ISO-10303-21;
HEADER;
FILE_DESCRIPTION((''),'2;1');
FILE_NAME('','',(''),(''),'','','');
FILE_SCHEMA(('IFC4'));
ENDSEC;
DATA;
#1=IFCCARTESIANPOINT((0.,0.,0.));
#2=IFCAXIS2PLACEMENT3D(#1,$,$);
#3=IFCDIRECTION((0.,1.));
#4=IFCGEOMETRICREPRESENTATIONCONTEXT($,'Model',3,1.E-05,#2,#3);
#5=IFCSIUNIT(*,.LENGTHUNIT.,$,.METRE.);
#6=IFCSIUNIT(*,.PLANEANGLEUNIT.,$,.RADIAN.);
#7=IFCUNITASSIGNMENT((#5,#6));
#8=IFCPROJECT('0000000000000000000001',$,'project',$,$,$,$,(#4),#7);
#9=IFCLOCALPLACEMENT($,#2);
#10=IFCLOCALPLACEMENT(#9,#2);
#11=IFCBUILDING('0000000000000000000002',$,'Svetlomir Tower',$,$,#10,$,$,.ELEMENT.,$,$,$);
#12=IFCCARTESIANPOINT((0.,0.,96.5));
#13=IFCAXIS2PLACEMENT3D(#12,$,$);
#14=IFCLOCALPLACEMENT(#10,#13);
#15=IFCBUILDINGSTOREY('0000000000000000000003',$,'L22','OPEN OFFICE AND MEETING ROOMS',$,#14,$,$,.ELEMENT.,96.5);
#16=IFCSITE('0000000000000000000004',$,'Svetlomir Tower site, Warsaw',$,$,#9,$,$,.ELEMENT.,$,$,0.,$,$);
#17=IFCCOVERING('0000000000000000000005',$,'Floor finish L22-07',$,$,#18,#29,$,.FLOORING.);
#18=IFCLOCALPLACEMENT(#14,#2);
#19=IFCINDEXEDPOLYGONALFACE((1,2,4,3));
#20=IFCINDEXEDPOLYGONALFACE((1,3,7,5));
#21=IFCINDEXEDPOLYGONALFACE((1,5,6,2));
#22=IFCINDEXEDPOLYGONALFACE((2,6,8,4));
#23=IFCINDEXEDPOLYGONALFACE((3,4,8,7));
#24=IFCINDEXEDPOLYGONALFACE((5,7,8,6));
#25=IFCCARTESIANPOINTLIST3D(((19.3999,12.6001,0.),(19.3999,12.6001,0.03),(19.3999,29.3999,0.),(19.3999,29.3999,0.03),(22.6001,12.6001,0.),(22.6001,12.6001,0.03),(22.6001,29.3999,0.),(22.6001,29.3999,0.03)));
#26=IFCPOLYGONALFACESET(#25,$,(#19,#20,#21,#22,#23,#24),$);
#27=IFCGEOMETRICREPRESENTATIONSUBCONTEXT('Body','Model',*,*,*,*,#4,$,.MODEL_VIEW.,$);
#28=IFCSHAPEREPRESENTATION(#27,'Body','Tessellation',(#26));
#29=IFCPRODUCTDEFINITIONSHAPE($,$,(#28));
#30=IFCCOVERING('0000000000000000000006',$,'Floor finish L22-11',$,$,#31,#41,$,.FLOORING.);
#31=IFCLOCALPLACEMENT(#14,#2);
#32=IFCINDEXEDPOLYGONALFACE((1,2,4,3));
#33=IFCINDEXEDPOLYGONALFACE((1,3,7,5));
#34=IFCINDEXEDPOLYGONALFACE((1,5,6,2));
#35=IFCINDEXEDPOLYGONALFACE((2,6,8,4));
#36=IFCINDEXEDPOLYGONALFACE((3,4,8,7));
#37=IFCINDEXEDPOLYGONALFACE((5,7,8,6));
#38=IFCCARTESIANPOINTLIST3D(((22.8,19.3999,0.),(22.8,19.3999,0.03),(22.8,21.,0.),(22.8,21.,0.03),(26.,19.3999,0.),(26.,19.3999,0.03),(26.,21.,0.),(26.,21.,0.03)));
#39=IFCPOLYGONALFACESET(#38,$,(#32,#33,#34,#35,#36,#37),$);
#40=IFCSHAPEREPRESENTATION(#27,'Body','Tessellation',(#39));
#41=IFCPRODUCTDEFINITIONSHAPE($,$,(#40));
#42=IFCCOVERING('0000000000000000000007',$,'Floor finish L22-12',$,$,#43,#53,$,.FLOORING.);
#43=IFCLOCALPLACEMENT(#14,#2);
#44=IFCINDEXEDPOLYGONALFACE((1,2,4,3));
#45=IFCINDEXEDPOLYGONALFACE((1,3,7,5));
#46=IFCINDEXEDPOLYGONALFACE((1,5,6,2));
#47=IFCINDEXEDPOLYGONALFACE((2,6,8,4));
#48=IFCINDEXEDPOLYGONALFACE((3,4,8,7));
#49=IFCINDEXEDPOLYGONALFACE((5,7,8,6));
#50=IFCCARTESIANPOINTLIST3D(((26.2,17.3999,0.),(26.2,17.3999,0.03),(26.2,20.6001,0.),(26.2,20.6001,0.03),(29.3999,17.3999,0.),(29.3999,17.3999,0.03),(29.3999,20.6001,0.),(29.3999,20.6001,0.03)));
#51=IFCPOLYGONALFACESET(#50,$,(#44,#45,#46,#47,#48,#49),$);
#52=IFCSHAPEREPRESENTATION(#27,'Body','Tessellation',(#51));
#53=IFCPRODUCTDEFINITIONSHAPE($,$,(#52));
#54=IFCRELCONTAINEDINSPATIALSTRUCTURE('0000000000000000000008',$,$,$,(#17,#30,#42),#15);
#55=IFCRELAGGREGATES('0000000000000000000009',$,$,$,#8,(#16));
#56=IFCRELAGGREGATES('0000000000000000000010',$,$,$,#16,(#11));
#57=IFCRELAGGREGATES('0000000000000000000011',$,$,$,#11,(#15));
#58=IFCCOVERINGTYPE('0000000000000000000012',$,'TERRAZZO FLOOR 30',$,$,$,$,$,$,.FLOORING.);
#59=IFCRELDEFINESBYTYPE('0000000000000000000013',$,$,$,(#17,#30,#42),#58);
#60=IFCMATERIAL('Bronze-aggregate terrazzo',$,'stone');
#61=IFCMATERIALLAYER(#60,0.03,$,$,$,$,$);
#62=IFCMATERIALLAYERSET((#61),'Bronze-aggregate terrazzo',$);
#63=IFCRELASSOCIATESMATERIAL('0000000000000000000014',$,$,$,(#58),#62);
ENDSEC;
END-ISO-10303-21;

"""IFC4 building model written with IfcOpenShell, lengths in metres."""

from ifc_helpers import new_model, si_unit, direction, frame, origin, place, context, subcontext, project, spatial, polyline, outline, extrude, material, layer, layer_set, type_object, element, save


model = new_model("IFC4")

# Units and contexts
model_context = context("Model", 3, precision=1e-05, world=origin(), true_north=direction((0.0, 1.0)))
body_context = subcontext(model_context, "Body", "Model", "MODEL_VIEW")
ifc_project = project(units=[si_unit("LENGTHUNIT", "METRE"), si_unit("PLANEANGLEUNIT", "RADIAN")], contexts=[model_context])

# Site, building, storey
site_placement = place(None, origin())
site = spatial("IfcSite", under=ifc_project, at=site_placement, Name="Svetlomir Tower site, Warsaw", CompositionType="ELEMENT", RefElevation=0.0)
building_placement = place(site_placement, origin())
building = spatial("IfcBuilding", under=site, at=building_placement, Name="Svetlomir Tower", CompositionType="ELEMENT")
storey_placement = place(building_placement, frame((0.0, 0.0, 96.5)))
storey = spatial("IfcBuildingStorey", under=building, at=storey_placement, Name="L22", Description="OPEN OFFICE AND MEETING ROOMS", CompositionType="ELEMENT", Elevation=96.5)

# Coverings
ifc_material_1 = material(Name="Bronze-aggregate terrazzo", Category="stone")
ifc_layer_1 = layer(ifc_material_1, 0.03)
ifc_layer_set_1 = layer_set([ifc_layer_1], Name="Bronze-aggregate terrazzo")
covering_type_1 = type_object("IfcCoveringType", Name="TERRAZZO FLOOR 30", PredefinedType="FLOORING", material=ifc_layer_set_1)
covering_1_placement = place(storey_placement, origin())
element("IfcCovering", 1, at=covering_1_placement, inside=storey, type_object=covering_type_1, Name="Floor finish L22-07", PredefinedType="FLOORING", context=body_context, shape_type="SweptSolid", body=[
    extrude(outline(polyline([(19.3999, 12.6001), (22.6001, 12.6001), (22.6001, 29.3999), (19.3999, 29.3999), (19.3999, 12.6001)])), origin(), (0.0, 0.0, 1.0), 0.03),
])
covering_2_placement = place(storey_placement, origin())
element("IfcCovering", 2, at=covering_2_placement, inside=storey, type_object=covering_type_1, Name="Floor finish L22-11", PredefinedType="FLOORING", context=body_context, shape_type="SweptSolid", body=[
    extrude(outline(polyline([(22.8, 19.3999), (26.0, 19.3999), (26.0, 21.0), (22.8, 21.0), (22.8, 19.3999)])), origin(), (0.0, 0.0, 1.0), 0.03),
])
covering_3_placement = place(storey_placement, origin())
element("IfcCovering", 3, at=covering_3_placement, inside=storey, type_object=covering_type_1, Name="Floor finish L22-12", PredefinedType="FLOORING", context=body_context, shape_type="SweptSolid", body=[
    extrude(outline(polyline([(26.2, 17.3999), (29.3999, 17.3999), (29.3999, 20.6001), (26.2, 20.6001), (26.2, 17.3999)])), origin(), (0.0, 0.0, 1.0), 0.03),
])

save(model, "model.ifc")
